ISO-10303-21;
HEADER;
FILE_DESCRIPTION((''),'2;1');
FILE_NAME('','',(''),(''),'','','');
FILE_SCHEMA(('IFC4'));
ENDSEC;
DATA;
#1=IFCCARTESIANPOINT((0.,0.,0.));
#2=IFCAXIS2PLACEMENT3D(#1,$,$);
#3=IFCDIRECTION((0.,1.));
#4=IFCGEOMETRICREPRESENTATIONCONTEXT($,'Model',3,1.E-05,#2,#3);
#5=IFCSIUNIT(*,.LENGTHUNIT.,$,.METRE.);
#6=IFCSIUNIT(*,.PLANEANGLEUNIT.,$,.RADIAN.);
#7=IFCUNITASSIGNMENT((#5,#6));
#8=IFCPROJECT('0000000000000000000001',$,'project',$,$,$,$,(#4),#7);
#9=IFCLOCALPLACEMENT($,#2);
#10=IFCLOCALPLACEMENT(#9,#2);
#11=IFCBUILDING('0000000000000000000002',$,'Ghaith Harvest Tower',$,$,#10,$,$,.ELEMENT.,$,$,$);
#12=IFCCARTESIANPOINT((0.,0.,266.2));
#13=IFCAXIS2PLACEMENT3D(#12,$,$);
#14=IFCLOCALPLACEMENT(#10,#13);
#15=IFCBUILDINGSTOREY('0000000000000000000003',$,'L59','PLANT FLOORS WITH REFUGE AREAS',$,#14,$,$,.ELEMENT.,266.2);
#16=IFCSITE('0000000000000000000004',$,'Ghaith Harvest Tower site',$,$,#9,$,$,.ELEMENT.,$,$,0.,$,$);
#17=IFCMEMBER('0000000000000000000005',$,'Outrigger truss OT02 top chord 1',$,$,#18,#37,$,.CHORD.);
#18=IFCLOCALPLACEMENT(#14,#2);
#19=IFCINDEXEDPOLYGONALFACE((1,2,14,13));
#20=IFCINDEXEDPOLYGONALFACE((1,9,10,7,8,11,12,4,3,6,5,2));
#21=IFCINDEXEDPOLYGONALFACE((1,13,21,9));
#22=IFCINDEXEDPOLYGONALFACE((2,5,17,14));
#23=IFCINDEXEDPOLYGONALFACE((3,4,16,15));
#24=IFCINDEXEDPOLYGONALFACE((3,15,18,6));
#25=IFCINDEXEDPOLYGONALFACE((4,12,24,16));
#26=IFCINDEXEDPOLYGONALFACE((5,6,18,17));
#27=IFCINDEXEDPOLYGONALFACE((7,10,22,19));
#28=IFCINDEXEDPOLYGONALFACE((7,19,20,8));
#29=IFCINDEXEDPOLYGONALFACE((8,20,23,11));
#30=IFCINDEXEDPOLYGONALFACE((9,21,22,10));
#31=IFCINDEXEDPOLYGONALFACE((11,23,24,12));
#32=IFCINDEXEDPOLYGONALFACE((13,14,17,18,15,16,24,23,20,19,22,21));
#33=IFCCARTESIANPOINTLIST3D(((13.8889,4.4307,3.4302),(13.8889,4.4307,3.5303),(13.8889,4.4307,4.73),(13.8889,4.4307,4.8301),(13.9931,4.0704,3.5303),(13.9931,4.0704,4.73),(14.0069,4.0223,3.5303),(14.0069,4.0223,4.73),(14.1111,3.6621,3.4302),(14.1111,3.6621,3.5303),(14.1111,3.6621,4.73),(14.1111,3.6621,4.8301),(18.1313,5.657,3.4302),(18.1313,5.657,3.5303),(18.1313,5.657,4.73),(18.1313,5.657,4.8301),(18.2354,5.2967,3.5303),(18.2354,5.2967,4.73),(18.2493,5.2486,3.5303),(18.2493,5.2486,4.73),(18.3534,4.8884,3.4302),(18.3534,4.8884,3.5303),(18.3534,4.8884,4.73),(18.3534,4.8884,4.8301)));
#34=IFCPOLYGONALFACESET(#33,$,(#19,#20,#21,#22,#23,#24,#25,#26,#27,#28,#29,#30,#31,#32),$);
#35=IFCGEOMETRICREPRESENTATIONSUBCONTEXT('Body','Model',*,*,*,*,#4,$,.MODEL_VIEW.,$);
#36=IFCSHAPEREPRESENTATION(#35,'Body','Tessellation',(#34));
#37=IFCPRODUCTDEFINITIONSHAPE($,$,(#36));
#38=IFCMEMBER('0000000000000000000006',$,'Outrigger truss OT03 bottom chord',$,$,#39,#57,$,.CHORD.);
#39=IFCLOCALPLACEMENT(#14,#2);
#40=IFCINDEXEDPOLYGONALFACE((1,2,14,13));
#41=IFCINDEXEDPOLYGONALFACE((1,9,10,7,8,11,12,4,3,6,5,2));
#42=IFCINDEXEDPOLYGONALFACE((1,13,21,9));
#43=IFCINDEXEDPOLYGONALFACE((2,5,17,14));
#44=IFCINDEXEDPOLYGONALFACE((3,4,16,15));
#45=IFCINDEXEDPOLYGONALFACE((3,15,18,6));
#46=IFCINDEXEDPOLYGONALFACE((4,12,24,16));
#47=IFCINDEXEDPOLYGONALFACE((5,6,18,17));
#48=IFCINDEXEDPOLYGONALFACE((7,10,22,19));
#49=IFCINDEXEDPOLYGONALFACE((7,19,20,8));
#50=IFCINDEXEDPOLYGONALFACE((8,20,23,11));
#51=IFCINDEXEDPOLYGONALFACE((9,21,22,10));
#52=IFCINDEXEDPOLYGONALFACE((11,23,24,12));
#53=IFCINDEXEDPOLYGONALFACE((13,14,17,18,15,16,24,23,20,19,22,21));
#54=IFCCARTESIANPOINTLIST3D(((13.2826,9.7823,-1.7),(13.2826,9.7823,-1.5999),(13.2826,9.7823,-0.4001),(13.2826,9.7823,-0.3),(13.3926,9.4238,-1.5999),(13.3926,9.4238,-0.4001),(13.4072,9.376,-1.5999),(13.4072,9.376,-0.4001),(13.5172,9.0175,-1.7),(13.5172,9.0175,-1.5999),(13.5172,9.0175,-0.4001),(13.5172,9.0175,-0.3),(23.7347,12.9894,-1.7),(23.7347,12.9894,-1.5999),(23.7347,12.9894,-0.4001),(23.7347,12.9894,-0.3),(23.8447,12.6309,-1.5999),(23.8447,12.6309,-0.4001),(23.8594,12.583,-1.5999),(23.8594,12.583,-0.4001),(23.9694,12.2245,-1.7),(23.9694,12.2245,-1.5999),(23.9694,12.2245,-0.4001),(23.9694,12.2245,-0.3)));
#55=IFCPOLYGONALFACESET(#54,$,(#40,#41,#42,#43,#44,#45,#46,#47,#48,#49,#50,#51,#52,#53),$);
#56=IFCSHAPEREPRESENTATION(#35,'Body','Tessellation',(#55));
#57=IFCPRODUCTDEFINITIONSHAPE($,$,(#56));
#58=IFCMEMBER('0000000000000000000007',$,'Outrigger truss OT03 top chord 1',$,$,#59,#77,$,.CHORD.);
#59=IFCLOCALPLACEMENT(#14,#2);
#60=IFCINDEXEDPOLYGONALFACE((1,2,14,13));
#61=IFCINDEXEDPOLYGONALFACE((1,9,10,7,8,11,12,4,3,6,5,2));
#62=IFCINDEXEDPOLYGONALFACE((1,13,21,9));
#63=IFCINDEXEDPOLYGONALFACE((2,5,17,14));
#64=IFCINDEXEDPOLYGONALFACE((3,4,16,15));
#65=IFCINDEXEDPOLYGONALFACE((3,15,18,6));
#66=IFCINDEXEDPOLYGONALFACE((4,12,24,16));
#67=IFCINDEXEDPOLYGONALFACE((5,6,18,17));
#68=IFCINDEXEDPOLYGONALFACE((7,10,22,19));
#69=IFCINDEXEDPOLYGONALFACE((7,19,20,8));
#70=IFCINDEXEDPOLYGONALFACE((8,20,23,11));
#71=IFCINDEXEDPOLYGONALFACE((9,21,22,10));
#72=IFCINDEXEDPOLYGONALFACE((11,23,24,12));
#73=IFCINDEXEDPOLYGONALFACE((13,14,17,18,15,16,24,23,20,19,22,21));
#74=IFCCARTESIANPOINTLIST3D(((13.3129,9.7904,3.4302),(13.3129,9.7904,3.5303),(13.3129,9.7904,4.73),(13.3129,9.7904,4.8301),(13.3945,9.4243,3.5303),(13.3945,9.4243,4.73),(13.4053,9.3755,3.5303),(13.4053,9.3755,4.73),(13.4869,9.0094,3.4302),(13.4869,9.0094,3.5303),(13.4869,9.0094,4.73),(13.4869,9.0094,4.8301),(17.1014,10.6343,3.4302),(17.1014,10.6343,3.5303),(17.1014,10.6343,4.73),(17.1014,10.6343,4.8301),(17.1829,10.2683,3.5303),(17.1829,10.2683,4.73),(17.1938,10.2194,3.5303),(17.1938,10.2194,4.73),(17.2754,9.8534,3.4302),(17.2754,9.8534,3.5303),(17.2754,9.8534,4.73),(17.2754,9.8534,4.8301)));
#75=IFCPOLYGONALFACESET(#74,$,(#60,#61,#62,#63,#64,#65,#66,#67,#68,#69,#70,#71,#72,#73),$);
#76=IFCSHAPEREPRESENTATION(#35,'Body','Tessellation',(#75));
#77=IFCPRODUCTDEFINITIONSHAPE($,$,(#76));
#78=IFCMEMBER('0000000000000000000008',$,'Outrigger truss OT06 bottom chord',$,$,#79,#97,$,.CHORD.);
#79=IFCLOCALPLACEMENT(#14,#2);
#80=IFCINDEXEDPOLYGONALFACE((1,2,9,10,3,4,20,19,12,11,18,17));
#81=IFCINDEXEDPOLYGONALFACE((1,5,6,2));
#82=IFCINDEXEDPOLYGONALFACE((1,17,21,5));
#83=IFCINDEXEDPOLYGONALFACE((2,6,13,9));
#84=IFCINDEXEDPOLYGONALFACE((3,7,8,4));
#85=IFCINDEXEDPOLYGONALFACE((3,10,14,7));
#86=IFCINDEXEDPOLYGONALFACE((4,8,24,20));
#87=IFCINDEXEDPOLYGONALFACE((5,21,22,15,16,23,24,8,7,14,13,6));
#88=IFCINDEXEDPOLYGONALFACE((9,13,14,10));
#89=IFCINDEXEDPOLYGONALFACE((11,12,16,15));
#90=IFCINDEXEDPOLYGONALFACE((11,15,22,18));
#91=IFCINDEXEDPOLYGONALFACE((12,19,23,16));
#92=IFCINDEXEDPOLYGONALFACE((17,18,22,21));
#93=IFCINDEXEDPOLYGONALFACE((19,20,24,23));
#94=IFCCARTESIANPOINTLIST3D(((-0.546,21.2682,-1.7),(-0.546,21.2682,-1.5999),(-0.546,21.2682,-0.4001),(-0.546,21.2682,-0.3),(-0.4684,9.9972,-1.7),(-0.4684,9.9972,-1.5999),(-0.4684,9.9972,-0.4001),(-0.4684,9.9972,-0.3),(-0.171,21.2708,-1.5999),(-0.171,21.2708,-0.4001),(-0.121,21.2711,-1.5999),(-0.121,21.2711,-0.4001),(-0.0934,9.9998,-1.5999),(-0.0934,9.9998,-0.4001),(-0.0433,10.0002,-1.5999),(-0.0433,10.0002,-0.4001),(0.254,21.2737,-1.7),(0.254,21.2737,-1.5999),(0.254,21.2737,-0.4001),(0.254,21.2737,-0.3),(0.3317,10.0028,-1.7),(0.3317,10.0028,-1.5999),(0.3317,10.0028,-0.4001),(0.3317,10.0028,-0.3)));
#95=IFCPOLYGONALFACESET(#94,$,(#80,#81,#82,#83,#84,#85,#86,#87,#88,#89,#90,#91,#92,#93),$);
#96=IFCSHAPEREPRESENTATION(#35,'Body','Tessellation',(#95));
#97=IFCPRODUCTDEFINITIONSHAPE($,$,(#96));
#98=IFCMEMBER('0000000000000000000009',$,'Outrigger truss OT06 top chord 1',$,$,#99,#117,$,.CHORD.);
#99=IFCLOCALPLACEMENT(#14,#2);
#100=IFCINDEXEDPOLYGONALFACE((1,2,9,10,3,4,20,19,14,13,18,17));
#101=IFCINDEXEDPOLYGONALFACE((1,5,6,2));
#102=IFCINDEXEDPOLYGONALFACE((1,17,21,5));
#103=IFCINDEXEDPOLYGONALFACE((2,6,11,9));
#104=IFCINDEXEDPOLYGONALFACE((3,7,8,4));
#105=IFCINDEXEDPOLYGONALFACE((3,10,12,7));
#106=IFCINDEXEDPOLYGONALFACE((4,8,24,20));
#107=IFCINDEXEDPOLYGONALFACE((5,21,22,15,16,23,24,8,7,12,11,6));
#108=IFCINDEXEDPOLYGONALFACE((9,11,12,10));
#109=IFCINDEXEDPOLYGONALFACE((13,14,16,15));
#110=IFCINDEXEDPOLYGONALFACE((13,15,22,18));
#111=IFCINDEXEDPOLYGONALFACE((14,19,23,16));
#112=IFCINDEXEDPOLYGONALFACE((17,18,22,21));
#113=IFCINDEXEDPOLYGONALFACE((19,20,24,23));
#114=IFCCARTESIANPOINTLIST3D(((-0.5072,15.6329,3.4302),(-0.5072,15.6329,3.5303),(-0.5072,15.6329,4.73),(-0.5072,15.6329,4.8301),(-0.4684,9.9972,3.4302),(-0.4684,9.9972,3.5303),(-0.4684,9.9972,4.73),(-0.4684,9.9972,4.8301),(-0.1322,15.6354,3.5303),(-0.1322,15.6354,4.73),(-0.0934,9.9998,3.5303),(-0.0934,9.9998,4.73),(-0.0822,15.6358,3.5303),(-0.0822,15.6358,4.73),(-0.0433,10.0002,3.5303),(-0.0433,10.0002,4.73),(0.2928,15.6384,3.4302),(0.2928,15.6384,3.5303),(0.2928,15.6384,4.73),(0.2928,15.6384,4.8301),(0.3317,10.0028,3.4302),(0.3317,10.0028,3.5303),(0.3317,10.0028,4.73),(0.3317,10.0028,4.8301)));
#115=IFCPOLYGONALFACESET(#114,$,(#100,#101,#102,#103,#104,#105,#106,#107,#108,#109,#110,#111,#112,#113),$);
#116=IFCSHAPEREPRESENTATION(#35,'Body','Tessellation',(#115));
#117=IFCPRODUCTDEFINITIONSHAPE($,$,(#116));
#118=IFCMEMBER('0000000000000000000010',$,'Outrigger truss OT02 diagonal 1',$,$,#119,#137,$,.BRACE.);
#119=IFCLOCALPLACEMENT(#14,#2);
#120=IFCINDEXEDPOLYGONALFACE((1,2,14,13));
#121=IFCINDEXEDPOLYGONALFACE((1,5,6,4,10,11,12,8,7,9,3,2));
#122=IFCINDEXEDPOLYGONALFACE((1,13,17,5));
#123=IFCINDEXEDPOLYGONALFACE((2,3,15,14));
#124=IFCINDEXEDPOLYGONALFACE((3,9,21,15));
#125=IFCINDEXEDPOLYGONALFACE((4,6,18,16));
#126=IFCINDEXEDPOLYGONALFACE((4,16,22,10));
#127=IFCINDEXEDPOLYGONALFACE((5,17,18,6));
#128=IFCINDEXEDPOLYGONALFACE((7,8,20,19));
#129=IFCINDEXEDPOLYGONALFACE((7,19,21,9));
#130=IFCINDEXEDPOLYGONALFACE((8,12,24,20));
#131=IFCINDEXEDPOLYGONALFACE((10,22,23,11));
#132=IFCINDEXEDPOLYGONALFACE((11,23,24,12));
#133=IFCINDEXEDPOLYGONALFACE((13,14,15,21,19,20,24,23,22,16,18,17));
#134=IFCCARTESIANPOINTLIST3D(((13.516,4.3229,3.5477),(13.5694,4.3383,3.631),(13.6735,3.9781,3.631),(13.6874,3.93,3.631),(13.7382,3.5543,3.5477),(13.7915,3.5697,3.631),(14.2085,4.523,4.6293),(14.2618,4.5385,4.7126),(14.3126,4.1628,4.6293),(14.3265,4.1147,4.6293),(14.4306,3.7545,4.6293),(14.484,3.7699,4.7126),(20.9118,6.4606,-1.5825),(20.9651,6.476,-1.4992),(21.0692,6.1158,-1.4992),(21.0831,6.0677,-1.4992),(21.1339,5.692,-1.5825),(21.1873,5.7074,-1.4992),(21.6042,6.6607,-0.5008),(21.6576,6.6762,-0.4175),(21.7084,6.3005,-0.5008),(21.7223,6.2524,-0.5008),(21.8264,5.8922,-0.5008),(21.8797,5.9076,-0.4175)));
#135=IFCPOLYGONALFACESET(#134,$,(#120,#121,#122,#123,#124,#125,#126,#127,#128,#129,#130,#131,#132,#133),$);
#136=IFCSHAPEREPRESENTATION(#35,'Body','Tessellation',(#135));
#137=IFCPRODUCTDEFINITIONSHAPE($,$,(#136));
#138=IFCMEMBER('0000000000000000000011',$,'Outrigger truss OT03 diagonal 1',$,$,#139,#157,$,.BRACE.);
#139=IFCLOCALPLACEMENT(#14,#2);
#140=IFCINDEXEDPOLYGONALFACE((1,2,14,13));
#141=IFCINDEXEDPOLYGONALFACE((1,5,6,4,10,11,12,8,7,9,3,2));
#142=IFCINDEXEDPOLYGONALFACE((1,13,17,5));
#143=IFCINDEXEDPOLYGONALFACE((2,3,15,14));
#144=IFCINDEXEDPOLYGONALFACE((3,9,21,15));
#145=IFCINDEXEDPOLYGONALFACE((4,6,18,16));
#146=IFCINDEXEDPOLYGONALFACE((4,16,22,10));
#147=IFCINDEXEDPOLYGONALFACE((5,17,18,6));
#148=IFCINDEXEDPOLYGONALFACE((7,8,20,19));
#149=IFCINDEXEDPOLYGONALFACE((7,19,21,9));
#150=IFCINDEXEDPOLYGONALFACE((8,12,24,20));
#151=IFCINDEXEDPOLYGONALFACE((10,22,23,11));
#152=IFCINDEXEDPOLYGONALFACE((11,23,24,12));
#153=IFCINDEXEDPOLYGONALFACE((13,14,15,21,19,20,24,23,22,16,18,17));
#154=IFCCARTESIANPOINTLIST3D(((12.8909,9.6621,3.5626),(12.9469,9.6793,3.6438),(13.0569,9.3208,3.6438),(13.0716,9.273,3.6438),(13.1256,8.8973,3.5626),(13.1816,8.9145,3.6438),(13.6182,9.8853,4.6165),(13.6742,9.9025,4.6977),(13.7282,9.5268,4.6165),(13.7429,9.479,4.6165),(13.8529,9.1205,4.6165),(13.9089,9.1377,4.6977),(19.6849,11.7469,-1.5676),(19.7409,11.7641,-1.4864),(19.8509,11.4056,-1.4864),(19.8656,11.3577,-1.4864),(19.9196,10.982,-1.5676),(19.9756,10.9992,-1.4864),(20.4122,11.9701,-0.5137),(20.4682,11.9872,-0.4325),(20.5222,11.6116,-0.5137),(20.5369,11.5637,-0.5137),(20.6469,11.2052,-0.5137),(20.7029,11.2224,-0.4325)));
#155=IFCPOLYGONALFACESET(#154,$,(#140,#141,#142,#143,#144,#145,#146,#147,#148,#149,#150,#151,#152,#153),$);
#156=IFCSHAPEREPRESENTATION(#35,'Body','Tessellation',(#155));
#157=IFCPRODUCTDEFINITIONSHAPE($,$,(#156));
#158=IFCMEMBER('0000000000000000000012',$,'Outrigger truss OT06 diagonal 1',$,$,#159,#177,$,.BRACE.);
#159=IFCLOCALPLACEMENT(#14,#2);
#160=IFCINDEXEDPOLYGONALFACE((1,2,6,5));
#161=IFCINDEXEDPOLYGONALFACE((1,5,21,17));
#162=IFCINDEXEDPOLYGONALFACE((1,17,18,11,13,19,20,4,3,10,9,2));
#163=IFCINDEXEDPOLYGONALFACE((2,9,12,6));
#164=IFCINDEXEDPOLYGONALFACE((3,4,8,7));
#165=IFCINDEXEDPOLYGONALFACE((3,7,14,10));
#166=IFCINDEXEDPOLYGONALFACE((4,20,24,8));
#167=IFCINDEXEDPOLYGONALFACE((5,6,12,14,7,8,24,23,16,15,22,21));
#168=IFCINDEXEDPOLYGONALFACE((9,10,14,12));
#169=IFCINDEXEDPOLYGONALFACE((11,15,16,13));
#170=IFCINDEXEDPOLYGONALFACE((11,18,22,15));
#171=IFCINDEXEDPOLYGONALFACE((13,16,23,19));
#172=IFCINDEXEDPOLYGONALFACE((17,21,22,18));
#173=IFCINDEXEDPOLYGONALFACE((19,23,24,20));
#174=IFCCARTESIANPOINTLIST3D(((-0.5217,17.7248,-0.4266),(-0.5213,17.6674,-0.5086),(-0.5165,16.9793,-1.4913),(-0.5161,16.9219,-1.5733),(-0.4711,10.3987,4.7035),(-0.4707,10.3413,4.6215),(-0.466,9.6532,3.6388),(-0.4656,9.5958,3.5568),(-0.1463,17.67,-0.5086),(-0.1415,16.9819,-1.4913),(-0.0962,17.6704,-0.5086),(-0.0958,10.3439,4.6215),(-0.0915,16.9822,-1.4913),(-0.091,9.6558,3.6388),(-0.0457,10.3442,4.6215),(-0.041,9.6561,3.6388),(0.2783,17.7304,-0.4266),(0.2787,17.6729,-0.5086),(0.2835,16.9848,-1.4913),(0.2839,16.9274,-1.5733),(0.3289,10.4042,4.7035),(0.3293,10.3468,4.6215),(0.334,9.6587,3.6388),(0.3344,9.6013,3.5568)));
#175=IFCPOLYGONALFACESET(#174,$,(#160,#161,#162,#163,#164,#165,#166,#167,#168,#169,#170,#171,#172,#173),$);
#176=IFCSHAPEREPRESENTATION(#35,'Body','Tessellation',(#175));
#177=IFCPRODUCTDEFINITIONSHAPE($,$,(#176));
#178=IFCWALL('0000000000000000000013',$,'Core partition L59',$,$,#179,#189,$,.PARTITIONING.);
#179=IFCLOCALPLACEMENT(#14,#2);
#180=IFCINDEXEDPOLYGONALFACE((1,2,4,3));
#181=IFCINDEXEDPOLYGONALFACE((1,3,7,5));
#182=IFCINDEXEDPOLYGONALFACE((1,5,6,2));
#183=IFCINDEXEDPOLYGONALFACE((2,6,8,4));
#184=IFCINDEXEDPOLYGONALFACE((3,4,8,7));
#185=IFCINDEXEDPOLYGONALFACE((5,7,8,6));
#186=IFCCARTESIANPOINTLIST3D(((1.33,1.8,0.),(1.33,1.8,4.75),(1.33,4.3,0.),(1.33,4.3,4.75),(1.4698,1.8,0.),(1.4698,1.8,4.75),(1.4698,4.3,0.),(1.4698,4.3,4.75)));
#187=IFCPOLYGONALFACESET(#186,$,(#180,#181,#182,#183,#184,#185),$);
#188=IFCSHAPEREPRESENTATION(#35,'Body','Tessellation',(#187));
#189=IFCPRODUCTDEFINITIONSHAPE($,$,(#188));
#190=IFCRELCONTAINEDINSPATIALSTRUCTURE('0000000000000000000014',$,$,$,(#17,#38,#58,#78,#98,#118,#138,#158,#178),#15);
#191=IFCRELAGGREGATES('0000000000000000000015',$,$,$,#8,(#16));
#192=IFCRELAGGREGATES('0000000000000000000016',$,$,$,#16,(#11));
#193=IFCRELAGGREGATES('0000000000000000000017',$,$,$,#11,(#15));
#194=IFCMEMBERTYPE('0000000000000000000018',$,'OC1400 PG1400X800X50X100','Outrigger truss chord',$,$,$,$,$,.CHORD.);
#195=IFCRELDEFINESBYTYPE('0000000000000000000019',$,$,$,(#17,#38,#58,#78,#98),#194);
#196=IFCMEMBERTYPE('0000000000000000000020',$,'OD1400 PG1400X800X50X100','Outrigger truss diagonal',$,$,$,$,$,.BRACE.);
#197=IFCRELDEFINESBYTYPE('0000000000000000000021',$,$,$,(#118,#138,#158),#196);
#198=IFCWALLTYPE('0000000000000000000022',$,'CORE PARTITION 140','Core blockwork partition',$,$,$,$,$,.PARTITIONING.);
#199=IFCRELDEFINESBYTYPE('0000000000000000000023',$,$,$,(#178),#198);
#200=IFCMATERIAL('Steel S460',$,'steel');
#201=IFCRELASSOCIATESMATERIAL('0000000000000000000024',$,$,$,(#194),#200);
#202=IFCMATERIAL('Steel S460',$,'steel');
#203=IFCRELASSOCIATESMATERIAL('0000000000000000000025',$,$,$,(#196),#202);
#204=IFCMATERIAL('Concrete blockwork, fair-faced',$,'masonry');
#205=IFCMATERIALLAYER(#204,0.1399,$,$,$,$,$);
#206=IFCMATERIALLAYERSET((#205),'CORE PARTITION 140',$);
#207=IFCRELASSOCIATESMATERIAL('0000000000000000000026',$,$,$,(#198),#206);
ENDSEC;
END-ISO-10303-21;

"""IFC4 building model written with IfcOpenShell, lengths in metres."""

from ifc_helpers import new_model, si_unit, direction, frame, frame_2d, origin, origin_2d, place, context, subcontext, project, spatial, rectangle, i_section, extrude, material, layer, layer_set, material_profile, profile_set, type_object, element, save


model = new_model("IFC4")

# Units and contexts
model_context = context("Model", 3, precision=1e-05, world=origin(), true_north=direction((0.0, 1.0)))
body_context = subcontext(model_context, "Body", "Model", "MODEL_VIEW")
ifc_project = project(units=[si_unit("LENGTHUNIT", "METRE"), si_unit("PLANEANGLEUNIT", "RADIAN")], contexts=[model_context])

# Site, building, storey
site_placement = place(None, origin())
site = spatial("IfcSite", under=ifc_project, at=site_placement, Name="Ghaith Harvest Tower site", CompositionType="ELEMENT", RefElevation=0.0)
building_placement = place(site_placement, origin())
building = spatial("IfcBuilding", under=site, at=building_placement, Name="Ghaith Harvest Tower", CompositionType="ELEMENT")
storey_placement = place(building_placement, frame((0.0, 0.0, 266.2)))
storey = spatial("IfcBuildingStorey", under=building, at=storey_placement, Name="L59", Description="PLANT FLOORS WITH REFUGE AREAS", CompositionType="ELEMENT", Elevation=266.2)

# Members
ifc_material_1 = material(Name="Steel S460", Category="steel")
ifc_material_profile_1 = material_profile(ifc_material_1, i_section(OverallWidth=0.8, OverallDepth=1.3999, WebThickness=0.05, FlangeThickness=0.1001, at=origin_2d()), Name="PG1400X800X50X100")
ifc_profile_set_1 = profile_set([ifc_material_profile_1], Name="Steel S460")
member_type_1 = type_object("IfcMemberType", Name="OC1400 PG1400X800X50X100", Description="Outrigger truss chord", PredefinedType="CHORD", material=ifc_profile_set_1)
member_1_placement = place(storey_placement, frame((14.0, 4.0464, 4.1301), z_axis=(0.96067, 0.277692, 0.0), x_axis=(-0.277692, 0.96067, 0.0)))
element("IfcMember", 1, at=member_1_placement, inside=storey, type_object=member_type_1, Name="Outrigger truss OT02 top chord 1", PredefinedType="CHORD", context=body_context, shape_type="SweptSolid", body=[
    extrude(i_section(OverallWidth=0.8, OverallDepth=1.3999, WebThickness=0.05, FlangeThickness=0.1001, at=origin_2d()), origin(), (0.0, 0.0, 1.0), 4.416),
])
member_2_placement = place(storey_placement, frame((13.3999, 9.3999, -1.0), z_axis=(0.95601, 0.293333, 0.0), x_axis=(-0.293333, 0.95601, 0.0)))
element("IfcMember", 2, at=member_2_placement, inside=storey, type_object=member_type_1, Name="Outrigger truss OT03 bottom chord", PredefinedType="CHORD", context=body_context, shape_type="SweptSolid", body=[
    extrude(i_section(OverallWidth=0.8, OverallDepth=1.3999, WebThickness=0.05, FlangeThickness=0.1001, at=origin_2d()), origin(), (0.0, 0.0, 1.0), 10.9331),
])
member_3_placement = place(storey_placement, frame((13.3999, 9.3999, 4.1301), z_axis=(0.976073, 0.217443, 0.0), x_axis=(-0.217443, 0.976073, 0.0)))
element("IfcMember", 3, at=member_3_placement, inside=storey, type_object=member_type_1, Name="Outrigger truss OT03 top chord 1", PredefinedType="CHORD", context=body_context, shape_type="SweptSolid", body=[
    extrude(i_section(OverallWidth=0.8, OverallDepth=1.3999, WebThickness=0.05, FlangeThickness=0.1001, at=origin_2d()), origin(), (0.0, 0.0, 1.0), 3.8813),
])
member_4_placement = place(storey_placement, frame((-0.0684, 10.0, -1.0), z_axis=(-0.006888, 0.999976, 0.0), x_axis=(-0.999976, -0.006888, 0.0)))
element("IfcMember", 4, at=member_4_placement, inside=storey, type_object=member_type_1, Name="Outrigger truss OT06 bottom chord", PredefinedType="CHORD", context=body_context, shape_type="SweptSolid", body=[
    extrude(i_section(OverallWidth=0.8, OverallDepth=1.3999, WebThickness=0.05, FlangeThickness=0.1001, at=origin_2d()), origin(), (0.0, 0.0, 1.0), 11.2712),
])
member_5_placement = place(storey_placement, frame((-0.0684, 10.0, 4.1301), z_axis=(-0.006888, 0.999976, 0.0), x_axis=(-0.999976, -0.006888, 0.0)))
element("IfcMember", 5, at=member_5_placement, inside=storey, type_object=member_type_1, Name="Outrigger truss OT06 top chord 1", PredefinedType="CHORD", context=body_context, shape_type="SweptSolid", body=[
    extrude(i_section(OverallWidth=0.8, OverallDepth=1.3999, WebThickness=0.05, FlangeThickness=0.1001, at=origin_2d()), origin(), (0.0, 0.0, 1.0), 5.6357),
])
ifc_material_2 = material(Name="Steel S460", Category="steel")
ifc_material_profile_2 = material_profile(ifc_material_2, i_section(OverallWidth=0.8, OverallDepth=1.3999, WebThickness=0.05, FlangeThickness=0.1001, at=origin_2d()), Name="PG1400X800X50X100")
ifc_profile_set_2 = profile_set([ifc_material_profile_2], Name="Steel S460")
member_type_2 = type_object("IfcMemberType", Name="OD1400 PG1400X800X50X100", Description="Outrigger truss diagonal", PredefinedType="BRACE", material=ifc_profile_set_2)
member_6_placement = place(storey_placement, frame((14.0, 4.0464, 4.1301), z_axis=(0.799435, 0.231072, -0.554535), x_axis=(-0.277677, 0.960675, 0.0)))
element("IfcMember", 6, at=member_6_placement, inside=storey, type_object=member_type_2, Name="Outrigger truss OT02 diagonal 1", PredefinedType="BRACE", context=body_context, shape_type="SweptSolid", body=[
    extrude(i_section(OverallWidth=0.8, OverallDepth=1.3999, WebThickness=0.05, FlangeThickness=0.1001, at=origin_2d()), origin(), (0.0, 0.0, 1.0), 9.2512),
])
member_7_placement = place(storey_placement, frame((13.3999, 9.3999, 4.1301), z_axis=(0.775139, 0.237851, -0.585309), x_axis=(-0.293349, 0.956005, 0.0)))
element("IfcMember", 7, at=member_7_placement, inside=storey, type_object=member_type_2, Name="Outrigger truss OT03 diagonal 1", PredefinedType="BRACE", context=body_context, shape_type="SweptSolid", body=[
    extrude(i_section(OverallWidth=0.8, OverallDepth=1.3999, WebThickness=0.05, FlangeThickness=0.1001, at=origin_2d()), origin(), (0.0, 0.0, 1.0), 8.7649),
])
member_8_placement = place(storey_placement, frame((-0.0684, 10.0, 4.1301), z_axis=(-0.00565, 0.819124, -0.573589), x_axis=(-0.999976, -0.006898, 0.0)))
element("IfcMember", 8, at=member_8_placement, inside=storey, type_object=member_type_2, Name="Outrigger truss OT06 diagonal 1", PredefinedType="BRACE", context=body_context, shape_type="SweptSolid", body=[
    extrude(i_section(OverallWidth=0.8, OverallDepth=1.3999, WebThickness=0.05, FlangeThickness=0.1001, at=origin_2d()), origin(), (0.0, 0.0, 1.0), 8.9438),
])

# Wall
ifc_material_3 = material(Name="Concrete blockwork, fair-faced", Category="masonry")
ifc_layer_1 = layer(ifc_material_3, 0.1399)
ifc_layer_set_1 = layer_set([ifc_layer_1], Name="CORE PARTITION 140")
wall_type_1 = type_object("IfcWallType", Name="CORE PARTITION 140", Description="Core blockwork partition", PredefinedType="PARTITIONING", material=ifc_layer_set_1)
wall_1_placement = place(storey_placement, frame((1.3999, 1.8, 0.0), z_axis=(0.0, 0.0, 1.0), x_axis=(0.0, 1.0, 0.0)))
element("IfcWall", 9, at=wall_1_placement, inside=storey, type_object=wall_type_1, Name="Core partition L59", PredefinedType="PARTITIONING", context=body_context, shape_type="SweptSolid", body=[
    extrude(rectangle(XDim=2.5, YDim=0.1399, at=frame_2d((1.25, 0.0))), origin(), (0.0, 0.0, 1.0), 4.75),
])

save(model, "model.ifc")
